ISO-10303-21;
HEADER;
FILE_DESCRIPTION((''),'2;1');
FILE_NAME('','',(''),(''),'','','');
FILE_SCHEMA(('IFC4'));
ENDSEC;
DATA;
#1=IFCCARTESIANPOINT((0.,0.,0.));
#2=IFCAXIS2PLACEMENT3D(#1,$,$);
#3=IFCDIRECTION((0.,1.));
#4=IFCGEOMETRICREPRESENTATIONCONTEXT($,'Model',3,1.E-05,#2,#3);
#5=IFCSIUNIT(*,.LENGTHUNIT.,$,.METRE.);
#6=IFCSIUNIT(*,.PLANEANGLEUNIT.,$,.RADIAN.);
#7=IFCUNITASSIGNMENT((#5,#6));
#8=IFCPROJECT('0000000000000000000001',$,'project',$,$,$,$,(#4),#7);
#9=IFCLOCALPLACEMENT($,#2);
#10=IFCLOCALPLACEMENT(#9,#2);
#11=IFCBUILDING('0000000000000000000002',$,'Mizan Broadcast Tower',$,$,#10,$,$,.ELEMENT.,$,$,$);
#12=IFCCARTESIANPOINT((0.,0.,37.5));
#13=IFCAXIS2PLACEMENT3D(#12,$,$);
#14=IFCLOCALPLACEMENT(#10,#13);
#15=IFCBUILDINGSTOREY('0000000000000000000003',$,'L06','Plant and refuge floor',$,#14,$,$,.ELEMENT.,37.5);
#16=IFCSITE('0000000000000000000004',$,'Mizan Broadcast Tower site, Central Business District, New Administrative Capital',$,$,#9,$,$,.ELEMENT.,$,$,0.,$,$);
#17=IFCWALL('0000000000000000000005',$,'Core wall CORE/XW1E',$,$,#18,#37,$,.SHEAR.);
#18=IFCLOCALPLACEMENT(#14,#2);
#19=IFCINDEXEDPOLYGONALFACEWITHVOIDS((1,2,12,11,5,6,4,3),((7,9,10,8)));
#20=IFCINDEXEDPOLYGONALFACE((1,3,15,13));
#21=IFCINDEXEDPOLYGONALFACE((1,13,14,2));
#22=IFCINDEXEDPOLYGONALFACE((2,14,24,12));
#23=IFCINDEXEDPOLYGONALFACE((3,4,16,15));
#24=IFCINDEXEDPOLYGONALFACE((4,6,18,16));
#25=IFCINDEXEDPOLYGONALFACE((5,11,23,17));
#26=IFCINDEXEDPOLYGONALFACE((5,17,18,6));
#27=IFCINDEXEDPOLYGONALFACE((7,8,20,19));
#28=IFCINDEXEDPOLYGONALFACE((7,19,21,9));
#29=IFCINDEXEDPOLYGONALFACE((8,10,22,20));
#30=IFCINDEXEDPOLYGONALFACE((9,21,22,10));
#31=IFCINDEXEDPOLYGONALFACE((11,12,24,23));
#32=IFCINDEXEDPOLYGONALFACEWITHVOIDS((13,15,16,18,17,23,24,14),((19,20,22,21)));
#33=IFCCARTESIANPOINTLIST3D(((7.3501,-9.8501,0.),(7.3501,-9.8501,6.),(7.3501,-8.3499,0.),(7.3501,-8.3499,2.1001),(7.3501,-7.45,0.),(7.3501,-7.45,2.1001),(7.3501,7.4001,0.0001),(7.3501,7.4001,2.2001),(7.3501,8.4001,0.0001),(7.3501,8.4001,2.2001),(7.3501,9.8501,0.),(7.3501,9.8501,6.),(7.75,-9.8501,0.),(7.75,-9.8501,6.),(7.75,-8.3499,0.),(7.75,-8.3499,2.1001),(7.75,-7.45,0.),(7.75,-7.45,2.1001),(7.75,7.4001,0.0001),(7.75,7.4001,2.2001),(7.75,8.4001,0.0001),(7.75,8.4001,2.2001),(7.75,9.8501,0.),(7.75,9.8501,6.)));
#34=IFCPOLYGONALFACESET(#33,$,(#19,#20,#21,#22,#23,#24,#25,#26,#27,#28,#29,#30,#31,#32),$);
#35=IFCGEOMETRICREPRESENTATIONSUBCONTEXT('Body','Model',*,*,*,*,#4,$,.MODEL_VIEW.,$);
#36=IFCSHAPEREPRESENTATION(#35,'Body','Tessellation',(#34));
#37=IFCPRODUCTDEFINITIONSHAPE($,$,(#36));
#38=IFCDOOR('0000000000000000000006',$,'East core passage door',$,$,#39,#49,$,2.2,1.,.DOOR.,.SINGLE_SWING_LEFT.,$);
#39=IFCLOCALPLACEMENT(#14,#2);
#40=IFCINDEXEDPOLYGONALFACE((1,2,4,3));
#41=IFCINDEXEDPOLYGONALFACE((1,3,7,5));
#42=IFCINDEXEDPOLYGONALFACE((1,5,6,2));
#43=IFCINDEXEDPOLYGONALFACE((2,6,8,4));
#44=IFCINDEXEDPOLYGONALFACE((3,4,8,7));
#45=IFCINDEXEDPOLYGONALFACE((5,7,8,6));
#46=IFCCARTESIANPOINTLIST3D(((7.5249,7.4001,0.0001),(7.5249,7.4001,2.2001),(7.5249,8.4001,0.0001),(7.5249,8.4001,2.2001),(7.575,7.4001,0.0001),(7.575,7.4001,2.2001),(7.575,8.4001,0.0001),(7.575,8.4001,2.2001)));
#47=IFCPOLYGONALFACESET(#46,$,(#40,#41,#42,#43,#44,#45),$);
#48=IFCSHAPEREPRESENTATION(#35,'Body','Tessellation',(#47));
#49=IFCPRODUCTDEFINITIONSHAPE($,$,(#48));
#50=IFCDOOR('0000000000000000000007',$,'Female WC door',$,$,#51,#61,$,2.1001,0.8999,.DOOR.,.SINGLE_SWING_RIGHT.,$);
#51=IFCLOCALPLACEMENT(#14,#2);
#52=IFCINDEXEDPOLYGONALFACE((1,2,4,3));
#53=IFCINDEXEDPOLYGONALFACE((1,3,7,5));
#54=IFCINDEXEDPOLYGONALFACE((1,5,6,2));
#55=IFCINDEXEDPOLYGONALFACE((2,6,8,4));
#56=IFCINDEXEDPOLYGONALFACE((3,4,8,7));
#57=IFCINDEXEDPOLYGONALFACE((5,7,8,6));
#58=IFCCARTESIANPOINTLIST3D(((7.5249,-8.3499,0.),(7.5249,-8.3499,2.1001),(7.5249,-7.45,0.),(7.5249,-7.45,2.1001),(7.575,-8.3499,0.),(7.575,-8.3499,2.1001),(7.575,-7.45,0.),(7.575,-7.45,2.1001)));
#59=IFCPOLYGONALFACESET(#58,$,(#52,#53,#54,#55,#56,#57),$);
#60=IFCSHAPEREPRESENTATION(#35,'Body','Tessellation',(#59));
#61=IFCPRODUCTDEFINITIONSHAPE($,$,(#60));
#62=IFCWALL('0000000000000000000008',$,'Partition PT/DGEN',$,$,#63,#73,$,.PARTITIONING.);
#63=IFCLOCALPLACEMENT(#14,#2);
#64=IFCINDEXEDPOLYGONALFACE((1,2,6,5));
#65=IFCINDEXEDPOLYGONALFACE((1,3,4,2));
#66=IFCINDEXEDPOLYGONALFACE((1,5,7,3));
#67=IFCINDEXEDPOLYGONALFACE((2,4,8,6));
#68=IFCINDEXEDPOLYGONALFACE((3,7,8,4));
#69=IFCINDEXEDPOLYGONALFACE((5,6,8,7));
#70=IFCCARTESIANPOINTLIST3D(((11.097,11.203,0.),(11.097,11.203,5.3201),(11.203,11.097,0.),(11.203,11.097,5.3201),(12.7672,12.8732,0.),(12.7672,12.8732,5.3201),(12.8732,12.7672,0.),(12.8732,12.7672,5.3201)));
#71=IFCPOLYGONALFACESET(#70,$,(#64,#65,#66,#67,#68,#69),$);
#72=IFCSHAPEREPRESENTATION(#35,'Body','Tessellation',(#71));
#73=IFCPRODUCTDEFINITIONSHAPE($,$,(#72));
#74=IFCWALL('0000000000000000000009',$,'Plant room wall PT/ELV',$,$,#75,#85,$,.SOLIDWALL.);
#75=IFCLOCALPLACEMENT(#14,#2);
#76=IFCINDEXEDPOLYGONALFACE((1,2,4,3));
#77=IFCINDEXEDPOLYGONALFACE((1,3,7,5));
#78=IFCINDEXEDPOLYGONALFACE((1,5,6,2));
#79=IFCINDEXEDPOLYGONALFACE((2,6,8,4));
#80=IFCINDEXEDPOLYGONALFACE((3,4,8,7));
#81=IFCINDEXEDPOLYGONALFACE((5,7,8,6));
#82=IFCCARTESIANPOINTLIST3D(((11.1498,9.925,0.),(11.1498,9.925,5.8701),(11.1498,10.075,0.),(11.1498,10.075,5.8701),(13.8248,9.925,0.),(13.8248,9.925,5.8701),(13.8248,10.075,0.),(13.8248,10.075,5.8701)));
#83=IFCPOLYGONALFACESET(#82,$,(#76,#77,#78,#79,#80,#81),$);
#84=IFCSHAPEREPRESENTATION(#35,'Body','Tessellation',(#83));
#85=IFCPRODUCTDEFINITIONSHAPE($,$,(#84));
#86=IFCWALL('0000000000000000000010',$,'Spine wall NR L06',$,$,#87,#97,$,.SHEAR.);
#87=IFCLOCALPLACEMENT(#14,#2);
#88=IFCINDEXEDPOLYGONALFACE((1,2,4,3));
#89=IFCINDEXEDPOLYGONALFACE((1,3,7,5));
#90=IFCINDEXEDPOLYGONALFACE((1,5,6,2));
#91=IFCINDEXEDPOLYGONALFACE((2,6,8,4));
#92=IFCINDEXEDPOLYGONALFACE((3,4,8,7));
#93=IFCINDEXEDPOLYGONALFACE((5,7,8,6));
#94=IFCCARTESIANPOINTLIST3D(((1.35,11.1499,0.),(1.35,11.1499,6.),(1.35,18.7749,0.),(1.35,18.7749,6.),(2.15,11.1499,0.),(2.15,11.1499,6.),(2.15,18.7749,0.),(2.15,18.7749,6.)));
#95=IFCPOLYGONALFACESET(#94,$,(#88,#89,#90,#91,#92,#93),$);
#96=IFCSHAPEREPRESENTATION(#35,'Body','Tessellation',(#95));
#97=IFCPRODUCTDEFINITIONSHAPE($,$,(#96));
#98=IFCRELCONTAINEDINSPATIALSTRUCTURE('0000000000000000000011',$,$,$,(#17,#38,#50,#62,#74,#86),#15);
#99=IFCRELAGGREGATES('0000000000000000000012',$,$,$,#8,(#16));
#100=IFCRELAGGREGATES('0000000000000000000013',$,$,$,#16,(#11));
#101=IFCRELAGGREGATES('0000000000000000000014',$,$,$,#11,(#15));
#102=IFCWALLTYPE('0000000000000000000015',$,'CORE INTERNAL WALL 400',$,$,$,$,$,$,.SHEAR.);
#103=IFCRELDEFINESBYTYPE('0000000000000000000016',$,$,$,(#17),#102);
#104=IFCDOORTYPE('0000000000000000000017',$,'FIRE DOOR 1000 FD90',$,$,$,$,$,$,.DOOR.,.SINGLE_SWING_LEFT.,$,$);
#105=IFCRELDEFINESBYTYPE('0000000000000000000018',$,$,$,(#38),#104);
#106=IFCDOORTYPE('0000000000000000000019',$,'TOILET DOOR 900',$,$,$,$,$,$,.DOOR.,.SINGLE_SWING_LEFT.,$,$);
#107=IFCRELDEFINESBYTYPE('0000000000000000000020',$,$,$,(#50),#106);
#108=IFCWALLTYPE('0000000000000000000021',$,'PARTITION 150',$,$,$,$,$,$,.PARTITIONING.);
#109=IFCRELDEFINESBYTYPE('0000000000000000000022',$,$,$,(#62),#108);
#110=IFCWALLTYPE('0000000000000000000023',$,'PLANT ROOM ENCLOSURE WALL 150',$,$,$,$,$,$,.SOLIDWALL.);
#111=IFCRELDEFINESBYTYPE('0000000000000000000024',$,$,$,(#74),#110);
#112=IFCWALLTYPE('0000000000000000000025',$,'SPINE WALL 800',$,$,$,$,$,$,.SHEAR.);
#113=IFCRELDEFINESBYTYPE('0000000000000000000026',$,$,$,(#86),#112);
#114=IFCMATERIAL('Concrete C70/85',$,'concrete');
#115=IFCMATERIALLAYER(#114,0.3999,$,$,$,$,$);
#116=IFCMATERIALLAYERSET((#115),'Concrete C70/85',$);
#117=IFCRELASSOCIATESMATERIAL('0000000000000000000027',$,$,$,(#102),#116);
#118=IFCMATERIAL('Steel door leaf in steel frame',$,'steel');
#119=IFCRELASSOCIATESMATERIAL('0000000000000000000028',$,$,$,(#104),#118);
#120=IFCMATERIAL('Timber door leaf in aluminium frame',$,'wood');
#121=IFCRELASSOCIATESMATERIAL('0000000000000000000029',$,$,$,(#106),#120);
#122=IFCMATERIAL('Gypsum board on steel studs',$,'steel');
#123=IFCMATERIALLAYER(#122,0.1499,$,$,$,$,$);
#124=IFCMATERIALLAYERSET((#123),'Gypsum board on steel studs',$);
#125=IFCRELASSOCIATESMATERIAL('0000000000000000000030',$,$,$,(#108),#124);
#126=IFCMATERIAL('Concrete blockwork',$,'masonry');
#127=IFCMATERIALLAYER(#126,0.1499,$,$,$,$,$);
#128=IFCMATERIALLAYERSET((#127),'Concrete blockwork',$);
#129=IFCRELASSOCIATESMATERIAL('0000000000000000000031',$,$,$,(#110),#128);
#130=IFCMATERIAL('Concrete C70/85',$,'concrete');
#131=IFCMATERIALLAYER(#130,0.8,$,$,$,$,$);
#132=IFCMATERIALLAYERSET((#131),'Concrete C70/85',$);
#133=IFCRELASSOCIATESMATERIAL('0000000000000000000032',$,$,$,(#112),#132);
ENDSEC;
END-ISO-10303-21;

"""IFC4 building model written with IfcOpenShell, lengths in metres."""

from ifc_helpers import new_model, si_unit, direction, frame, frame_2d, origin, place, context, subcontext, project, spatial, rectangle, extrude, material, layer, layer_set, type_object, element, fill, save


model = new_model("IFC4")

# Units and contexts
model_context = context("Model", 3, precision=1e-05, world=origin(), true_north=direction((0.0, 1.0)))
body_context = subcontext(model_context, "Body", "Model", "MODEL_VIEW")
ifc_project = project(units=[si_unit("LENGTHUNIT", "METRE"), si_unit("PLANEANGLEUNIT", "RADIAN")], contexts=[model_context])

# Site, building, storey
site_placement = place(None, origin())
site = spatial("IfcSite", under=ifc_project, at=site_placement, Name="Mizan Broadcast Tower site, Central Business District, New Administrative Capital", CompositionType="ELEMENT", RefElevation=0.0)
building_placement = place(site_placement, origin())
building = spatial("IfcBuilding", under=site, at=building_placement, Name="Mizan Broadcast Tower", CompositionType="ELEMENT")
storey_placement = place(building_placement, frame((0.0, 0.0, 37.5)))
storey = spatial("IfcBuildingStorey", under=building, at=storey_placement, Name="L06", Description="Plant and refuge floor", CompositionType="ELEMENT", Elevation=37.5)

# Wall, openings, doors
ifc_material_1 = material(Name="Concrete C70/85", Category="concrete")
ifc_layer_1 = layer(ifc_material_1, 0.3999)
ifc_layer_set_1 = layer_set([ifc_layer_1], Name="Concrete C70/85")
wall_type_1 = type_object("IfcWallType", Name="CORE INTERNAL WALL 400", PredefinedType="SHEAR", material=ifc_layer_set_1)
wall_1_placement = place(storey_placement, frame((7.55, 9.8501, 0.0), z_axis=(0.0, 0.0, 1.0), x_axis=(0.0, -1.0, 0.0)))
wall_1 = element("IfcWall", 1, at=wall_1_placement, inside=storey, type_object=wall_type_1, Name="Core wall CORE/XW1E", PredefinedType="SHEAR", context=body_context, shape_type="SweptSolid", body=[
    extrude(rectangle(XDim=19.7002, YDim=0.3999, at=frame_2d((9.8501, 0.0))), origin(), (0.0, 0.0, 1.0), 6.0),
])
opening_1_placement = place(wall_1_placement, frame((1.45, 0.0, 0.0)))
opening_1 = element("IfcOpeningElement", 2, at=opening_1_placement, cuts=wall_1, PredefinedType="OPENING", context=body_context, shape_type="SweptSolid", body=[
    extrude(rectangle(XDim=1.0, YDim=2.2, at=frame_2d((0.5, 1.1001))), frame((0.0, 0.21, 0.0), z_axis=(0.0, -1.0, 0.0), x_axis=(1.0, 0.0, 0.0)), (0.0, 0.0, 1.0), 0.4199),
])
opening_2_placement = place(wall_1_placement, frame((17.3, 0.0, 0.0)))
opening_2 = element("IfcOpeningElement", 3, at=opening_2_placement, cuts=wall_1, PredefinedType="OPENING", context=body_context, shape_type="SweptSolid", body=[
    extrude(rectangle(XDim=0.8999, YDim=2.1001, at=frame_2d((0.45, 1.05))), frame((0.0, 0.21, 0.0), z_axis=(0.0, -1.0, 0.0), x_axis=(1.0, 0.0, 0.0)), (0.0, 0.0, 1.0), 0.4199),
])
ifc_material_2 = material(Name="Steel door leaf in steel frame", Category="steel")
door_type_1 = type_object("IfcDoorType", Name="FIRE DOOR 1000 FD90", OperationType="SINGLE_SWING_LEFT", PredefinedType="DOOR", material=ifc_material_2)
door_1_placement = place(opening_1_placement, origin())
door_1 = element("IfcDoor", 4, at=door_1_placement, inside=storey, type_object=door_type_1, Name="East core passage door", OperationType="SINGLE_SWING_LEFT", OverallHeight=2.2, OverallWidth=1.0, PredefinedType="DOOR", context=body_context, shape_type="SweptSolid", body=[
    extrude(rectangle(XDim=1.0, YDim=2.2, at=frame_2d((0.5, 1.1001))), frame((0.0, 0.0249, 0.0), z_axis=(0.0, -1.0, 0.0), x_axis=(1.0, 0.0, 0.0)), (0.0, 0.0, 1.0), 0.05),
])
fill(opening_1, door_1)
ifc_material_3 = material(Name="Timber door leaf in aluminium frame", Category="wood")
door_type_2 = type_object("IfcDoorType", Name="TOILET DOOR 900", OperationType="SINGLE_SWING_LEFT", PredefinedType="DOOR", material=ifc_material_3)
door_2_placement = place(opening_2_placement, origin())
door_2 = element("IfcDoor", 5, at=door_2_placement, inside=storey, type_object=door_type_2, Name="Female WC door", OperationType="SINGLE_SWING_RIGHT", OverallHeight=2.1001, OverallWidth=0.8999, PredefinedType="DOOR", context=body_context, shape_type="SweptSolid", body=[
    extrude(rectangle(XDim=0.8999, YDim=2.1001, at=frame_2d((0.45, 1.05))), frame((0.0, 0.0249, 0.0), z_axis=(0.0, -1.0, 0.0), x_axis=(1.0, 0.0, 0.0)), (0.0, 0.0, 1.0), 0.05),
])
fill(opening_2, door_2)

# Walls
ifc_material_4 = material(Name="Gypsum board on steel studs", Category="steel")
ifc_layer_2 = layer(ifc_material_4, 0.1499)
ifc_layer_set_2 = layer_set([ifc_layer_2], Name="Gypsum board on steel studs")
wall_type_2 = type_object("IfcWallType", Name="PARTITION 150", PredefinedType="PARTITIONING", material=ifc_layer_set_2)
wall_2_placement = place(storey_placement, frame((11.1499, 11.1499, 0.0), z_axis=(0.0, 0.0, 1.0), x_axis=(0.707107, 0.707107, 0.0)))
element("IfcWall", 6, at=wall_2_placement, inside=storey, type_object=wall_type_2, Name="Partition PT/DGEN", PredefinedType="PARTITIONING", context=body_context, shape_type="SweptSolid", body=[
    extrude(rectangle(XDim=2.3621, YDim=0.1499, at=frame_2d((1.1812, 0.0))), origin(), (0.0, 0.0, 1.0), 5.3201),
])
ifc_material_5 = material(Name="Concrete blockwork", Category="masonry")
ifc_layer_3 = layer(ifc_material_5, 0.1499)
ifc_layer_set_3 = layer_set([ifc_layer_3], Name="Concrete blockwork")
wall_type_3 = type_object("IfcWallType", Name="PLANT ROOM ENCLOSURE WALL 150", PredefinedType="SOLIDWALL", material=ifc_layer_set_3)
wall_3_placement = place(storey_placement, frame((11.1499, 10.0, 0.0), z_axis=(0.0, 0.0, 1.0), x_axis=(1.0, 0.0, 0.0)))
element("IfcWall", 7, at=wall_3_placement, inside=storey, type_object=wall_type_3, Name="Plant room wall PT/ELV", PredefinedType="SOLIDWALL", context=body_context, shape_type="SweptSolid", body=[
    extrude(rectangle(XDim=2.675, YDim=0.1499, at=frame_2d((1.3374, 0.0))), origin(), (0.0, 0.0, 1.0), 5.8701),
])
ifc_material_6 = material(Name="Concrete C70/85", Category="concrete")
ifc_layer_4 = layer(ifc_material_6, 0.8)
ifc_layer_set_4 = layer_set([ifc_layer_4], Name="Concrete C70/85")
wall_type_4 = type_object("IfcWallType", Name="SPINE WALL 800", PredefinedType="SHEAR", material=ifc_layer_set_4)
wall_4_placement = place(storey_placement, frame((1.75, 11.1499, 0.0), z_axis=(0.0, 0.0, 1.0), x_axis=(0.0, 1.0, 0.0)))
element("IfcWall", 8, at=wall_4_placement, inside=storey, type_object=wall_type_4, Name="Spine wall NR L06", PredefinedType="SHEAR", context=body_context, shape_type="SweptSolid", body=[
    extrude(rectangle(XDim=7.625, YDim=0.8, at=frame_2d((3.8125, 0.0))), origin(), (0.0, 0.0, 1.0), 6.0),
])

save(model, "model.ifc")
